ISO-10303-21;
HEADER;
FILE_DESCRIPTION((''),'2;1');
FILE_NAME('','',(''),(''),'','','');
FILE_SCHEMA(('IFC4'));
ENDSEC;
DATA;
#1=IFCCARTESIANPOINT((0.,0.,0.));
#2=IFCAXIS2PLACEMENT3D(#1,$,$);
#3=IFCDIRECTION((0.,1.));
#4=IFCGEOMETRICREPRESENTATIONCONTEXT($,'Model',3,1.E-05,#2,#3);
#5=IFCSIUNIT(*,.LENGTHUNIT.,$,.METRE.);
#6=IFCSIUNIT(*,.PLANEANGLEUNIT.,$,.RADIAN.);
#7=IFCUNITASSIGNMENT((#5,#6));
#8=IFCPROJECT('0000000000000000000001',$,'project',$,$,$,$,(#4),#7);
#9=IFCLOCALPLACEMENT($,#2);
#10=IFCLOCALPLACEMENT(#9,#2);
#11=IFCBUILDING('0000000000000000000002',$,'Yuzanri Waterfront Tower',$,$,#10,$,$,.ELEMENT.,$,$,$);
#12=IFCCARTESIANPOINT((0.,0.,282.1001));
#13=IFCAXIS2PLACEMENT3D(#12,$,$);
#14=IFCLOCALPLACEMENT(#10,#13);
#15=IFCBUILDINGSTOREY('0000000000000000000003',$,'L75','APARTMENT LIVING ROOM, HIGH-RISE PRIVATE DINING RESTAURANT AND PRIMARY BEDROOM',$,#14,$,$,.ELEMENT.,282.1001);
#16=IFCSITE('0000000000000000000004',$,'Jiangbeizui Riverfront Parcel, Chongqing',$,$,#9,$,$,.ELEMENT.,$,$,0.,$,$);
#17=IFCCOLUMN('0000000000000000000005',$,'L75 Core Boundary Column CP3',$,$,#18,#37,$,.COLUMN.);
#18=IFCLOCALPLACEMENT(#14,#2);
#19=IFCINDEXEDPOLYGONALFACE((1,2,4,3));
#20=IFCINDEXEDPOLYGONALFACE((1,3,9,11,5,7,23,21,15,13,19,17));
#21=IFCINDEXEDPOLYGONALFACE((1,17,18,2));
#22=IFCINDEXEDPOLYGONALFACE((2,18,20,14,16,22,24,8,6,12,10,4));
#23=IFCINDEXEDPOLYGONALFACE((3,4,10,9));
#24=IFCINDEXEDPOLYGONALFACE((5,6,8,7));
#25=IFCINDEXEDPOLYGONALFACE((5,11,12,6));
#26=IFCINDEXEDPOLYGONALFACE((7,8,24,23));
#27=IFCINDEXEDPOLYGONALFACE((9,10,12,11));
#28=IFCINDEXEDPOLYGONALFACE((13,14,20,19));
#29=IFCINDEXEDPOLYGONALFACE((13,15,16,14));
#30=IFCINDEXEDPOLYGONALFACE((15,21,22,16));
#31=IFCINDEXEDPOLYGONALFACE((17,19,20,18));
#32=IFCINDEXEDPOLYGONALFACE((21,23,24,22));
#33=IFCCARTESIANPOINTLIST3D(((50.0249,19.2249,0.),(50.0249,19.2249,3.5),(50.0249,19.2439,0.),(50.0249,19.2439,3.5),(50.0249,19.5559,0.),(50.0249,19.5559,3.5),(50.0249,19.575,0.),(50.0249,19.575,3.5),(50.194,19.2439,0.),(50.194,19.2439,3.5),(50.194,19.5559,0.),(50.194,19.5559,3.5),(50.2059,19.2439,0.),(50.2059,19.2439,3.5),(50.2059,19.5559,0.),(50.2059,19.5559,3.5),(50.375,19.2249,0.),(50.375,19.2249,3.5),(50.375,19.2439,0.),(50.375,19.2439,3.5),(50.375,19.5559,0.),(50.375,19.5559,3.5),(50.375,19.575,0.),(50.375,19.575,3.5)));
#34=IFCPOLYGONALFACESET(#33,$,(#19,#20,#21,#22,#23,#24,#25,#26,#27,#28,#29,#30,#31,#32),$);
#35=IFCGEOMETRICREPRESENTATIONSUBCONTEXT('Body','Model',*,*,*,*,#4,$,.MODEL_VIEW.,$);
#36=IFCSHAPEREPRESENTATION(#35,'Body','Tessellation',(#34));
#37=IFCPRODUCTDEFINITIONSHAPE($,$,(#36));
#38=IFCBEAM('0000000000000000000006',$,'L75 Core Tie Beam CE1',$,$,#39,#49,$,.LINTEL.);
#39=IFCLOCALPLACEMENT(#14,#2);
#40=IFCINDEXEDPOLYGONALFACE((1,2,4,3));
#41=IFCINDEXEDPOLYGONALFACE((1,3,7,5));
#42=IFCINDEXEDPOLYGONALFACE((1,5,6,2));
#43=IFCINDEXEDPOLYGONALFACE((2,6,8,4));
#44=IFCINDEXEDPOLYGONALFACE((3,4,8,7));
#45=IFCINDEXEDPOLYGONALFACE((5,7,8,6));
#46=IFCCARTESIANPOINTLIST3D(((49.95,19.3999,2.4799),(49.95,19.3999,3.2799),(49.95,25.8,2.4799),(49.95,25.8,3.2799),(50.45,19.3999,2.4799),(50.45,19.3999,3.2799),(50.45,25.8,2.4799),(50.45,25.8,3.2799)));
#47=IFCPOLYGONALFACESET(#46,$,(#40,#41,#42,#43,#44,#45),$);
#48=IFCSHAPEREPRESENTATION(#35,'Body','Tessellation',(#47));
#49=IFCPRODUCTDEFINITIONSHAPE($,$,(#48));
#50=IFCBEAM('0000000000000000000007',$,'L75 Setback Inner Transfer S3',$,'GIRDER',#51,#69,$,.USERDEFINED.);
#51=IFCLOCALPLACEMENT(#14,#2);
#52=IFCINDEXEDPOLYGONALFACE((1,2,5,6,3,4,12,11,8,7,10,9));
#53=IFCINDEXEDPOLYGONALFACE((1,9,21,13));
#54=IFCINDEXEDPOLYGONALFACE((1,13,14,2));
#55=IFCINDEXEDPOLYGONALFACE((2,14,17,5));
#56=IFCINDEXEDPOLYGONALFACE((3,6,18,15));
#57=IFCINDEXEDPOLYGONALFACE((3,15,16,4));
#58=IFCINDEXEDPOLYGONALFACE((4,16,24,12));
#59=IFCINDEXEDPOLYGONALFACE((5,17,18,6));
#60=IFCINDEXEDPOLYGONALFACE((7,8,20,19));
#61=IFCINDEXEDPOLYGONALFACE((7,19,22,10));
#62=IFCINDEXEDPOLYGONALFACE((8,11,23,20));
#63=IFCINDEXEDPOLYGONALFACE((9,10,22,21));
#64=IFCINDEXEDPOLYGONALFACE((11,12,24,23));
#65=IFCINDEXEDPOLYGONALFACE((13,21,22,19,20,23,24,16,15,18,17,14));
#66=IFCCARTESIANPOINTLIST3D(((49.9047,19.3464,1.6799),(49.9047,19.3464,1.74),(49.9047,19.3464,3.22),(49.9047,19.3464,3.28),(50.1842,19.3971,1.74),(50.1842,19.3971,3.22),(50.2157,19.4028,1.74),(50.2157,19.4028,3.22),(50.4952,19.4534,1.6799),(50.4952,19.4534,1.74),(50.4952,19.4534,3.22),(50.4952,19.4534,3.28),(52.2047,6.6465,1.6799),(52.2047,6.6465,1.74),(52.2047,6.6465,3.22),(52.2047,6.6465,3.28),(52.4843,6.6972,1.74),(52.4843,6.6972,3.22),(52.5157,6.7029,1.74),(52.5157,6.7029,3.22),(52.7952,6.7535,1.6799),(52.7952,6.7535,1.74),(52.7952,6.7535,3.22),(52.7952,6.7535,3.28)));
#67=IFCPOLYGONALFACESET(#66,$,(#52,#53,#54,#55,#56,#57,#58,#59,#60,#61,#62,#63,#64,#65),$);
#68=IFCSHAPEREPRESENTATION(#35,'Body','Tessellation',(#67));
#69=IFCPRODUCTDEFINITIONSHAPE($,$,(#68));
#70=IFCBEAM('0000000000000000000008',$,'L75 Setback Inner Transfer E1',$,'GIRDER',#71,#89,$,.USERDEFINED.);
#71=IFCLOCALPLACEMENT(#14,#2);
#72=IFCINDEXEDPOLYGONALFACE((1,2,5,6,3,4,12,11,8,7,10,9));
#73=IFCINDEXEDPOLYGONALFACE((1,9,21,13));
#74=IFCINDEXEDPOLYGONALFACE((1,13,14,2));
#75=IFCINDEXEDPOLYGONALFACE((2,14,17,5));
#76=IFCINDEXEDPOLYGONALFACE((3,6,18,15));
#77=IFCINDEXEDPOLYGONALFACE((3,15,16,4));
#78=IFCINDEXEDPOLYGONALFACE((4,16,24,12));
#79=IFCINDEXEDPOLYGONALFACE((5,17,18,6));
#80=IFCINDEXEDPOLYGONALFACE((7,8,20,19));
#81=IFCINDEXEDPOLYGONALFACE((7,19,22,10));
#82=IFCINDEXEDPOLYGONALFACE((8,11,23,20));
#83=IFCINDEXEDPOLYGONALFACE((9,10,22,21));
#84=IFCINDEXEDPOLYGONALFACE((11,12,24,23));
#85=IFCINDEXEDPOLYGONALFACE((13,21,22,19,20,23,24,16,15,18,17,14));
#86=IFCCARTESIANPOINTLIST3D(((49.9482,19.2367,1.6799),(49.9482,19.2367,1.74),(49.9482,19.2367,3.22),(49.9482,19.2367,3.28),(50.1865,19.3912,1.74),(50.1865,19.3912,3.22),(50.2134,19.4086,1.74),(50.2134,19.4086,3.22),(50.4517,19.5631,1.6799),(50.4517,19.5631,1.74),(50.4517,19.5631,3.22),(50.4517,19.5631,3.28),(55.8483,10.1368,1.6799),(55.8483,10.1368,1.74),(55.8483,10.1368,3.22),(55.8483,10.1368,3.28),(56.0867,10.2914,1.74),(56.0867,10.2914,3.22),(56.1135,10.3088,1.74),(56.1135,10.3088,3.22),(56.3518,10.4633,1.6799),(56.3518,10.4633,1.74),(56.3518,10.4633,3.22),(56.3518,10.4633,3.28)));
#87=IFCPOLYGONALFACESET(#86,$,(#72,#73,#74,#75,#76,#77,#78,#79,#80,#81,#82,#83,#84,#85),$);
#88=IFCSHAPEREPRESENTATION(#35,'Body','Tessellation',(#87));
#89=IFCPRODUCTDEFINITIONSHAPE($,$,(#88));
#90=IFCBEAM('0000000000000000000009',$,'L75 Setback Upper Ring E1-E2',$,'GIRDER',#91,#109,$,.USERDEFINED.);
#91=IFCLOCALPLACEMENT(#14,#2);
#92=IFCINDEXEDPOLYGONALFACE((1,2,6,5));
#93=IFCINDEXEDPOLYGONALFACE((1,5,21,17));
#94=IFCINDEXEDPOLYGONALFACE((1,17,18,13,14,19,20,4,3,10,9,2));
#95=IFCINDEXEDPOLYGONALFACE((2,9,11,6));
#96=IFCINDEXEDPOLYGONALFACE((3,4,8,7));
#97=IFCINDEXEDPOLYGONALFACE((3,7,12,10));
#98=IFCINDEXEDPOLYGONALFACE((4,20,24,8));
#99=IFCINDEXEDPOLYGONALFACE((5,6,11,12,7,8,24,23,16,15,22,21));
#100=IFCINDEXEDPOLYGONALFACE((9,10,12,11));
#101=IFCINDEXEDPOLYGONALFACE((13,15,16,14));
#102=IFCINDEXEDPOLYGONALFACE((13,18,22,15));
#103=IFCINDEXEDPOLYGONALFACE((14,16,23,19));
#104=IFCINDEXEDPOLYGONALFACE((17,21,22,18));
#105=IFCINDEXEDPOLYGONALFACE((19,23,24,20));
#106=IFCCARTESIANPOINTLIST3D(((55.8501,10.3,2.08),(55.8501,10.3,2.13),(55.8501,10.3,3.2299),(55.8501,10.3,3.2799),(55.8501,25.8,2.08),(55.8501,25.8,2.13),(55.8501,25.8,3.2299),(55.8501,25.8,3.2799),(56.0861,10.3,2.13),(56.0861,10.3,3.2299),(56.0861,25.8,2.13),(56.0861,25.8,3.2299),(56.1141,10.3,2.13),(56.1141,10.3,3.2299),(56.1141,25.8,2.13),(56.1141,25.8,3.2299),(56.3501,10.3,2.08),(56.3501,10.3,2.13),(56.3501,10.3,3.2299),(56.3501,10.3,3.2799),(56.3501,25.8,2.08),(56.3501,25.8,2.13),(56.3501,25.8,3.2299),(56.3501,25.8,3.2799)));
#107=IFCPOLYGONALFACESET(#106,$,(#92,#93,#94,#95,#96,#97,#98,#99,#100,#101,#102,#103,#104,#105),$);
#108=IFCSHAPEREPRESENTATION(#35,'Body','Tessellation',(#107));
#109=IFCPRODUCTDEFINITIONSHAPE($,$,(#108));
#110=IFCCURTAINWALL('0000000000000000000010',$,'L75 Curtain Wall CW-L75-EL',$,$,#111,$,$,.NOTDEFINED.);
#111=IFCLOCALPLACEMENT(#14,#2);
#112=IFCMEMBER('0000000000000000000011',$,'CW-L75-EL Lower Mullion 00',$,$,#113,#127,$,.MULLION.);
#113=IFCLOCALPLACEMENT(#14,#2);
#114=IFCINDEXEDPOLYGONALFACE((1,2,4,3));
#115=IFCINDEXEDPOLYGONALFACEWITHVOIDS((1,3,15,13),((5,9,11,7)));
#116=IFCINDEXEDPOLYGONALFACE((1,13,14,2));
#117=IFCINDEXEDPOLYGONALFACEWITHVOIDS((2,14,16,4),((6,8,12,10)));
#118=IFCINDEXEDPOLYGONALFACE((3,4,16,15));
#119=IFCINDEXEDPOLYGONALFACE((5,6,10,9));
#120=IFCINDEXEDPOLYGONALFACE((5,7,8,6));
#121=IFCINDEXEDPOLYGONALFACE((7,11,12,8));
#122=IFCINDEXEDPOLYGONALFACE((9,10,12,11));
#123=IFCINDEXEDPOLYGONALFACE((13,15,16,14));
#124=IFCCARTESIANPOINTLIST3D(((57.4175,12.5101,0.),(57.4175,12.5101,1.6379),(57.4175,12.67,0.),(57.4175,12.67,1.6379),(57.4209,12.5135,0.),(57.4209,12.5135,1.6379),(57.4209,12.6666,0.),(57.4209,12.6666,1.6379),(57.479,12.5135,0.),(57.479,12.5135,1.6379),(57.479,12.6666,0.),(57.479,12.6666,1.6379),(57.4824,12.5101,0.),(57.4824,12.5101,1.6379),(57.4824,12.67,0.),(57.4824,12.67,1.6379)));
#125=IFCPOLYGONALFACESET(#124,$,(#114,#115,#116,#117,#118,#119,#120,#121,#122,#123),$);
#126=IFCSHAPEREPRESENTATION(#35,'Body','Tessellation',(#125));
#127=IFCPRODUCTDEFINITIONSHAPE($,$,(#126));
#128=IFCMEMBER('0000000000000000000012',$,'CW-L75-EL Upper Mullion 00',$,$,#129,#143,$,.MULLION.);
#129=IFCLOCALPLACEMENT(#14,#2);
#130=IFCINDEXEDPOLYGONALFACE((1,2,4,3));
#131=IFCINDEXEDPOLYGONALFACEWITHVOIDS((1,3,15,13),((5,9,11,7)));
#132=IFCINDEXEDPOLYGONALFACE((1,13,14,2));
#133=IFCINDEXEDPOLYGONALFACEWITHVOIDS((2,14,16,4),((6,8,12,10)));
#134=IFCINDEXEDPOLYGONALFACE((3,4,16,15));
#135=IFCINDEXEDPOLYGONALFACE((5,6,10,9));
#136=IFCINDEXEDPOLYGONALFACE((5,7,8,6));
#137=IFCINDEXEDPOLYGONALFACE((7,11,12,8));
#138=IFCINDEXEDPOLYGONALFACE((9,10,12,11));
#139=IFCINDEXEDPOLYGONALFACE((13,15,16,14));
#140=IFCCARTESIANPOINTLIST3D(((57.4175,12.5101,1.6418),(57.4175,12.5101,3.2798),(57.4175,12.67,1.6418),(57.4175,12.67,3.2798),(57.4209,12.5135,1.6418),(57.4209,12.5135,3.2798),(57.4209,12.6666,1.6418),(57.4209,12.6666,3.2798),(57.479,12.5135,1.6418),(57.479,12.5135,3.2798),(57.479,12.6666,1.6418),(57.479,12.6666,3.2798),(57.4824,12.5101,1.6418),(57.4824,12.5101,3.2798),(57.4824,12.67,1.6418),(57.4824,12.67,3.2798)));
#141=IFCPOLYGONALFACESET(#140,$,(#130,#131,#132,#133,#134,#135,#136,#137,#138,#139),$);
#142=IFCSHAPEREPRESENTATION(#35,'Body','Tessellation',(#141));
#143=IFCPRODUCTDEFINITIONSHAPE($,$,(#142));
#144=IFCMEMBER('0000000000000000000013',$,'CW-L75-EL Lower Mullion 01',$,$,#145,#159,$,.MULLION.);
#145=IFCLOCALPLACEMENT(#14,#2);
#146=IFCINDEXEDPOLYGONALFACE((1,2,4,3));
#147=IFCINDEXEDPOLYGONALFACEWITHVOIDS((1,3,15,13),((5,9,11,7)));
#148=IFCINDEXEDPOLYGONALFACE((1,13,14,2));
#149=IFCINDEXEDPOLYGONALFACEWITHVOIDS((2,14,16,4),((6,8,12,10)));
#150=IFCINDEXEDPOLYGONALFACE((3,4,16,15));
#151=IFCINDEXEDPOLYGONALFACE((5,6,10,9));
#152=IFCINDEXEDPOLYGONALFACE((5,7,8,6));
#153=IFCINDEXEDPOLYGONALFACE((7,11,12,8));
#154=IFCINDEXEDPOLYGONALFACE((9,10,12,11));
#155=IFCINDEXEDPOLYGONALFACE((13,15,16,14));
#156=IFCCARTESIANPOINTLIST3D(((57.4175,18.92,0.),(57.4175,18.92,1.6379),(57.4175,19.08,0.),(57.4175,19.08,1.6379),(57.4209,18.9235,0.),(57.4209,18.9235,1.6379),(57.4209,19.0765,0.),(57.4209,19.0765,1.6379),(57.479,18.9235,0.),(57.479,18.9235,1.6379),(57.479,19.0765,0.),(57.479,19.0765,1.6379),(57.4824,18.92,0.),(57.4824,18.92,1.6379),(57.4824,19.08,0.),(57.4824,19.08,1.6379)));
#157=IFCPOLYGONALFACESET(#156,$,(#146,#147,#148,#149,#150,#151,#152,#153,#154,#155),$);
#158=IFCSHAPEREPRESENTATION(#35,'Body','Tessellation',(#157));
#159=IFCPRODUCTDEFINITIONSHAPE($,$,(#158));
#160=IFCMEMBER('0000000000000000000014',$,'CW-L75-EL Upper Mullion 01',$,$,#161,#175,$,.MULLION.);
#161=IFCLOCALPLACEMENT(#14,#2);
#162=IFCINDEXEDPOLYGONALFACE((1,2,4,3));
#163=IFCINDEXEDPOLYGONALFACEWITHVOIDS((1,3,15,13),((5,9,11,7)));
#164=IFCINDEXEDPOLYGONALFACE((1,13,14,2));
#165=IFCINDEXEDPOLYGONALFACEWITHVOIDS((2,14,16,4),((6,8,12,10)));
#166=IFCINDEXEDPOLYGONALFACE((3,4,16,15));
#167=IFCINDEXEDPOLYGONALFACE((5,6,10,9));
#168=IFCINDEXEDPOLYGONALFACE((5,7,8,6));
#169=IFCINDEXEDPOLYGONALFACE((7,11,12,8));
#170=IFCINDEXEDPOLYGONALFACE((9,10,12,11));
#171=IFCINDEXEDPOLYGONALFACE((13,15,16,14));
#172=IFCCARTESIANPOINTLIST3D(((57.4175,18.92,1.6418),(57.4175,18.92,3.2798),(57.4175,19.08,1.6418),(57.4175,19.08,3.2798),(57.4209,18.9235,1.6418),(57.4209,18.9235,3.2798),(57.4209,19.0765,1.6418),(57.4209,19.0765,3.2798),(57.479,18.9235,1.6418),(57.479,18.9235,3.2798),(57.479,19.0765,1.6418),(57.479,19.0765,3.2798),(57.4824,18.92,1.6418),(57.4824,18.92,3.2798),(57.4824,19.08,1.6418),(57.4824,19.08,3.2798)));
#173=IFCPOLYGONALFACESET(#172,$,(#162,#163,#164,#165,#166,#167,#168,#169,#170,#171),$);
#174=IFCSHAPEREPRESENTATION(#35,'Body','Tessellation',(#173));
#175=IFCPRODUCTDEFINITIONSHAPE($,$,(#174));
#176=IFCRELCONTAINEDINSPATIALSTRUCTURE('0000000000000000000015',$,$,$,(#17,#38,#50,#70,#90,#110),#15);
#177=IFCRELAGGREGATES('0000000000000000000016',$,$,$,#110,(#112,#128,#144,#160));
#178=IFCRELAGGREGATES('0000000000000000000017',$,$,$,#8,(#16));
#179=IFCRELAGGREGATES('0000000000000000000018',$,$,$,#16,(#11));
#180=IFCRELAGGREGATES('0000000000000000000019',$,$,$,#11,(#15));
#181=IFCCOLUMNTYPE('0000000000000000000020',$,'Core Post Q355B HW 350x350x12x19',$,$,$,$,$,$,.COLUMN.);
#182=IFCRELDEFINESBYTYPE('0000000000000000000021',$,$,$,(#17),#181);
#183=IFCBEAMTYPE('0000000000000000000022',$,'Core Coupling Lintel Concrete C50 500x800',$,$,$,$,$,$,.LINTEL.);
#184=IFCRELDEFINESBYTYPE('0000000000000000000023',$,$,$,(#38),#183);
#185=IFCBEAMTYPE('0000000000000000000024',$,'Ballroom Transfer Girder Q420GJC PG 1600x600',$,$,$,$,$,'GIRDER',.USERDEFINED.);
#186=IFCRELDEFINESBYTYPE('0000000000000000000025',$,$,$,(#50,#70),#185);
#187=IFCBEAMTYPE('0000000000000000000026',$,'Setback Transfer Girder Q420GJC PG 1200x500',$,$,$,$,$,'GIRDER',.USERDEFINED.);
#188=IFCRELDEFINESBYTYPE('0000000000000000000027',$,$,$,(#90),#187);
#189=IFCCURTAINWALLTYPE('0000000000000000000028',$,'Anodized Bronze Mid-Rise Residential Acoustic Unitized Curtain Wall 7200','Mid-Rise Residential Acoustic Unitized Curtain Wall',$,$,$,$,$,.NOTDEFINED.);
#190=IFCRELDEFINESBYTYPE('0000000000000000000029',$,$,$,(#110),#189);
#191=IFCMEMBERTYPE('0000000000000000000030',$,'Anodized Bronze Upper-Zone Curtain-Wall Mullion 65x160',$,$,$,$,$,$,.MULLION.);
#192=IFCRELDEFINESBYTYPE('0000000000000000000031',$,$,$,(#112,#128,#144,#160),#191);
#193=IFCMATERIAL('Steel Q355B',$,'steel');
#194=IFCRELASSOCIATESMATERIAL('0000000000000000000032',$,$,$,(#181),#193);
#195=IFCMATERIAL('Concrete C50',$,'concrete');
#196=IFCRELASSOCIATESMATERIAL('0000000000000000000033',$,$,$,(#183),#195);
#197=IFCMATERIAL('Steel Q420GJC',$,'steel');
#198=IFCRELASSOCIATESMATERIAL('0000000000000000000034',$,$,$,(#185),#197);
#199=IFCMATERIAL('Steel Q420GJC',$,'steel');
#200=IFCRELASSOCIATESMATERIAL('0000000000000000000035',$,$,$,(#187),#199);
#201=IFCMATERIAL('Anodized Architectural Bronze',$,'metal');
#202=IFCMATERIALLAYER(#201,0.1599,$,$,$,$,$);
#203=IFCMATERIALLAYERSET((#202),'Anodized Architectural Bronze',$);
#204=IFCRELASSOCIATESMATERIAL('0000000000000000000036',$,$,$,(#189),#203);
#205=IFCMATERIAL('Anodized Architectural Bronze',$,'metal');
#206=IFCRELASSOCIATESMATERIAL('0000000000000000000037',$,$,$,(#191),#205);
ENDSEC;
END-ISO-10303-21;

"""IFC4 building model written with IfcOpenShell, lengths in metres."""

from ifc_helpers import new_model, si_unit, direction, frame, origin, origin_2d, place, context, subcontext, project, spatial, rectangle, hollow_rectangle, i_section, extrude, source, transform, mapped, material, layer, layer_set, material_profile, profile_set, type_object, element, aggregate, save


model = new_model("IFC4")

# Units and contexts
model_context = context("Model", 3, precision=1e-05, world=origin(), true_north=direction((0.0, 1.0)))
body_context = subcontext(model_context, "Body", "Model", "MODEL_VIEW")
ifc_project = project(units=[si_unit("LENGTHUNIT", "METRE"), si_unit("PLANEANGLEUNIT", "RADIAN")], contexts=[model_context])

# Site, building, storey
site_placement = place(None, origin())
site = spatial("IfcSite", under=ifc_project, at=site_placement, Name="Jiangbeizui Riverfront Parcel, Chongqing", CompositionType="ELEMENT", RefElevation=0.0)
building_placement = place(site_placement, origin())
building = spatial("IfcBuilding", under=site, at=building_placement, Name="Yuzanri Waterfront Tower", CompositionType="ELEMENT")
storey_placement = place(building_placement, frame((0.0, 0.0, 282.1001)))
storey = spatial("IfcBuildingStorey", under=building, at=storey_placement, Name="L75", Description="APARTMENT LIVING ROOM, HIGH-RISE PRIVATE DINING RESTAURANT AND PRIMARY BEDROOM", CompositionType="ELEMENT", Elevation=282.1001)

# Column
ifc_material_1 = material(Name="Steel Q355B", Category="steel")
ifc_material_profile_1 = material_profile(ifc_material_1, i_section(OverallWidth=0.3501, OverallDepth=0.3501, WebThickness=0.012, FlangeThickness=0.019, at=origin_2d()), Name="HW 350x350x12x19")
ifc_profile_set_1 = profile_set([ifc_material_profile_1], Name="Steel Q355B")
column_type = type_object("IfcColumnType", Name="Core Post Q355B HW 350x350x12x19", PredefinedType="COLUMN", material=ifc_profile_set_1)
shared_shape_1 = source(origin(), body_context, "Body", "SweptSolid", [
    extrude(i_section(OverallWidth=0.3501, OverallDepth=0.3501, WebThickness=0.012, FlangeThickness=0.019, at=origin_2d()), origin(), (0.0, 0.0, 1.0), 3.5),
])
column_placement = place(storey_placement, frame((50.2, 19.3999, 0.0), z_axis=(0.0, 0.0, 1.0), x_axis=(1.0, 0.0, 0.0)))
element("IfcColumn", 1, at=column_placement, inside=storey, type_object=column_type, Name="L75 Core Boundary Column CP3", PredefinedType="COLUMN", context=body_context, shape_type="MappedRepresentation", body=[
    mapped(shared_shape_1, transform((0.0, 0.0, 0.0), scale=1.0)),
])

# Beams
ifc_material_2 = material(Name="Concrete C50", Category="concrete")
ifc_material_profile_2 = material_profile(ifc_material_2, rectangle(XDim=0.5, YDim=0.8, at=origin_2d()), Name="RC 500x800")
ifc_profile_set_2 = profile_set([ifc_material_profile_2], Name="Concrete C50")
beam_type_1 = type_object("IfcBeamType", Name="Core Coupling Lintel Concrete C50 500x800", PredefinedType="LINTEL", material=ifc_profile_set_2)
shared_shape_2 = source(origin(), body_context, "Body", "SweptSolid", [
    extrude(rectangle(XDim=0.5, YDim=0.8, at=origin_2d()), origin(), (0.0, 0.0, 1.0), 6.4001),
])
beam_1_placement = place(storey_placement, frame((50.2, 19.3999, 2.8799), z_axis=(0.0, 1.0, 0.0), x_axis=(-1.0, 0.0, 0.0)))
element("IfcBeam", 2, at=beam_1_placement, inside=storey, type_object=beam_type_1, Name="L75 Core Tie Beam CE1", PredefinedType="LINTEL", context=body_context, shape_type="MappedRepresentation", body=[
    mapped(shared_shape_2, transform((0.0, 0.0, 0.0), scale=1.0)),
])
ifc_material_3 = material(Name="Steel Q420GJC", Category="steel")
ifc_material_profile_3 = material_profile(ifc_material_3, i_section(OverallWidth=0.6001, OverallDepth=1.6001, WebThickness=0.032, FlangeThickness=0.0601, at=origin_2d()), Name="PG 1600x600x32x60")
ifc_profile_set_3 = profile_set([ifc_material_profile_3], Name="Steel Q420GJC")
beam_type_2 = type_object("IfcBeamType", Name="Ballroom Transfer Girder Q420GJC PG 1600x600", ElementType="GIRDER", PredefinedType="USERDEFINED", material=ifc_profile_set_3)
shared_shape_3 = source(origin(), body_context, "Body", "SweptSolid", [
    extrude(i_section(OverallWidth=0.6001, OverallDepth=1.6001, WebThickness=0.032, FlangeThickness=0.0601, at=origin_2d()), origin(), (0.0, 0.0, 1.0), 12.9065),
])
beam_2_placement = place(storey_placement, frame((50.2, 19.3999, 2.48), z_axis=(0.178208, -0.983993, 0.0), x_axis=(0.983993, 0.178208, 0.0)))
element("IfcBeam", 3, at=beam_2_placement, inside=storey, type_object=beam_type_2, Name="L75 Setback Inner Transfer S3", ObjectType="GIRDER", PredefinedType="USERDEFINED", context=body_context, shape_type="MappedRepresentation", body=[
    mapped(shared_shape_3, transform((0.0, 0.0, 0.0), scale=1.0)),
])
shared_shape_4 = source(origin(), body_context, "Body", "SweptSolid", [
    extrude(i_section(OverallWidth=0.6001, OverallDepth=1.6001, WebThickness=0.032, FlangeThickness=0.0601, at=origin_2d()), origin(), (0.0, 0.0, 1.0), 10.8452),
])
beam_3_placement = place(storey_placement, frame((50.2, 19.3999, 2.48), z_axis=(0.544031, -0.839065, 0.0), x_axis=(0.839065, 0.544031, 0.0)))
element("IfcBeam", 4, at=beam_3_placement, inside=storey, type_object=beam_type_2, Name="L75 Setback Inner Transfer E1", ObjectType="GIRDER", PredefinedType="USERDEFINED", context=body_context, shape_type="MappedRepresentation", body=[
    mapped(shared_shape_4, transform((0.0, 0.0, 0.0), scale=1.0)),
])
ifc_material_4 = material(Name="Steel Q420GJC", Category="steel")
ifc_material_profile_4 = material_profile(ifc_material_4, i_section(OverallWidth=0.5, OverallDepth=1.2, WebThickness=0.0281, FlangeThickness=0.05, at=origin_2d()), Name="PG 1200x500x28x50")
ifc_profile_set_4 = profile_set([ifc_material_profile_4], Name="Steel Q420GJC")
beam_type_3 = type_object("IfcBeamType", Name="Setback Transfer Girder Q420GJC PG 1200x500", ElementType="GIRDER", PredefinedType="USERDEFINED", material=ifc_profile_set_4)
shared_shape_5 = source(origin(), body_context, "Body", "SweptSolid", [
    extrude(i_section(OverallWidth=0.5, OverallDepth=1.2, WebThickness=0.0281, FlangeThickness=0.05, at=origin_2d()), origin(), (0.0, 0.0, 1.0), 15.5),
])
beam_4_placement = place(storey_placement, frame((56.1001, 10.3, 2.6799), z_axis=(0.0, 1.0, 0.0), x_axis=(-1.0, 0.0, 0.0)))
element("IfcBeam", 5, at=beam_4_placement, inside=storey, type_object=beam_type_3, Name="L75 Setback Upper Ring E1-E2", ObjectType="GIRDER", PredefinedType="USERDEFINED", context=body_context, shape_type="MappedRepresentation", body=[
    mapped(shared_shape_5, transform((0.0, 0.0, 0.0), scale=1.0)),
])

# Curtain wall, members
ifc_material_5 = material(Name="Anodized Architectural Bronze", Category="metal")
ifc_layer_1 = layer(ifc_material_5, 0.1599)
ifc_layer_set_1 = layer_set([ifc_layer_1], Name="Anodized Architectural Bronze")
curtain_wall_type = type_object("IfcCurtainWallType", Name="Anodized Bronze Mid-Rise Residential Acoustic Unitized Curtain Wall 7200", Description="Mid-Rise Residential Acoustic Unitized Curtain Wall", PredefinedType="NOTDEFINED", material=ifc_layer_set_1)
curtain_wall_placement = place(storey_placement, origin())
curtain_wall = element("IfcCurtainWall", 6, at=curtain_wall_placement, inside=storey, type_object=curtain_wall_type, Name="L75 Curtain Wall CW-L75-EL", PredefinedType="NOTDEFINED")
ifc_material_6 = material(Name="Anodized Architectural Bronze", Category="metal")
ifc_material_profile_5 = material_profile(ifc_material_6, hollow_rectangle(XDim=0.0649, YDim=0.1599, WallThickness=0.0034, at=origin_2d()), Name="CWM 65x160")
ifc_profile_set_5 = profile_set([ifc_material_profile_5], Name="Anodized Architectural Bronze")
member_type_1 = type_object("IfcMemberType", Name="Anodized Bronze Upper-Zone Curtain-Wall Mullion 65x160", PredefinedType="MULLION", material=ifc_profile_set_5)
shared_shape_6 = source(origin(), body_context, "Body", "SweptSolid", [
    extrude(hollow_rectangle(XDim=0.0649, YDim=0.1599, WallThickness=0.0034, at=origin_2d()), origin(), (0.0, 0.0, 1.0), 1.6379),
])
member_1_placement = place(storey_placement, frame((57.45, 12.5901, 0.0), z_axis=(0.0, 0.0, 1.0), x_axis=(1.0, 0.0, 0.0)))
member_1 = element("IfcMember", 7, at=member_1_placement, type_object=member_type_1, Name="CW-L75-EL Lower Mullion 00", PredefinedType="MULLION", context=body_context, shape_type="MappedRepresentation", body=[
    mapped(shared_shape_6, transform((0.0, 0.0, 0.0), scale=1.0)),
])
member_2_placement = place(storey_placement, frame((57.45, 12.5901, 1.6418), z_axis=(0.0, 0.0, 1.0), x_axis=(1.0, 0.0, 0.0)))
member_2 = element("IfcMember", 8, at=member_2_placement, type_object=member_type_1, Name="CW-L75-EL Upper Mullion 00", PredefinedType="MULLION", context=body_context, shape_type="MappedRepresentation", body=[
    mapped(shared_shape_6, transform((0.0, 0.0, 0.0), scale=1.0)),
])
member_3_placement = place(storey_placement, frame((57.45, 19.0, 0.0), z_axis=(0.0, 0.0, 1.0), x_axis=(1.0, 0.0, 0.0)))
member_3 = element("IfcMember", 9, at=member_3_placement, type_object=member_type_1, Name="CW-L75-EL Lower Mullion 01", PredefinedType="MULLION", context=body_context, shape_type="MappedRepresentation", body=[
    mapped(shared_shape_6, transform((0.0, 0.0, 0.0), scale=1.0)),
])
member_4_placement = place(storey_placement, frame((57.45, 19.0, 1.6418), z_axis=(0.0, 0.0, 1.0), x_axis=(1.0, 0.0, 0.0)))
member_4 = element("IfcMember", 10, at=member_4_placement, type_object=member_type_1, Name="CW-L75-EL Upper Mullion 01", PredefinedType="MULLION", context=body_context, shape_type="MappedRepresentation", body=[
    mapped(shared_shape_6, transform((0.0, 0.0, 0.0), scale=1.0)),
])

aggregate(curtain_wall, [member_1, member_2, member_3, member_4])

save(model, "model.ifc")
